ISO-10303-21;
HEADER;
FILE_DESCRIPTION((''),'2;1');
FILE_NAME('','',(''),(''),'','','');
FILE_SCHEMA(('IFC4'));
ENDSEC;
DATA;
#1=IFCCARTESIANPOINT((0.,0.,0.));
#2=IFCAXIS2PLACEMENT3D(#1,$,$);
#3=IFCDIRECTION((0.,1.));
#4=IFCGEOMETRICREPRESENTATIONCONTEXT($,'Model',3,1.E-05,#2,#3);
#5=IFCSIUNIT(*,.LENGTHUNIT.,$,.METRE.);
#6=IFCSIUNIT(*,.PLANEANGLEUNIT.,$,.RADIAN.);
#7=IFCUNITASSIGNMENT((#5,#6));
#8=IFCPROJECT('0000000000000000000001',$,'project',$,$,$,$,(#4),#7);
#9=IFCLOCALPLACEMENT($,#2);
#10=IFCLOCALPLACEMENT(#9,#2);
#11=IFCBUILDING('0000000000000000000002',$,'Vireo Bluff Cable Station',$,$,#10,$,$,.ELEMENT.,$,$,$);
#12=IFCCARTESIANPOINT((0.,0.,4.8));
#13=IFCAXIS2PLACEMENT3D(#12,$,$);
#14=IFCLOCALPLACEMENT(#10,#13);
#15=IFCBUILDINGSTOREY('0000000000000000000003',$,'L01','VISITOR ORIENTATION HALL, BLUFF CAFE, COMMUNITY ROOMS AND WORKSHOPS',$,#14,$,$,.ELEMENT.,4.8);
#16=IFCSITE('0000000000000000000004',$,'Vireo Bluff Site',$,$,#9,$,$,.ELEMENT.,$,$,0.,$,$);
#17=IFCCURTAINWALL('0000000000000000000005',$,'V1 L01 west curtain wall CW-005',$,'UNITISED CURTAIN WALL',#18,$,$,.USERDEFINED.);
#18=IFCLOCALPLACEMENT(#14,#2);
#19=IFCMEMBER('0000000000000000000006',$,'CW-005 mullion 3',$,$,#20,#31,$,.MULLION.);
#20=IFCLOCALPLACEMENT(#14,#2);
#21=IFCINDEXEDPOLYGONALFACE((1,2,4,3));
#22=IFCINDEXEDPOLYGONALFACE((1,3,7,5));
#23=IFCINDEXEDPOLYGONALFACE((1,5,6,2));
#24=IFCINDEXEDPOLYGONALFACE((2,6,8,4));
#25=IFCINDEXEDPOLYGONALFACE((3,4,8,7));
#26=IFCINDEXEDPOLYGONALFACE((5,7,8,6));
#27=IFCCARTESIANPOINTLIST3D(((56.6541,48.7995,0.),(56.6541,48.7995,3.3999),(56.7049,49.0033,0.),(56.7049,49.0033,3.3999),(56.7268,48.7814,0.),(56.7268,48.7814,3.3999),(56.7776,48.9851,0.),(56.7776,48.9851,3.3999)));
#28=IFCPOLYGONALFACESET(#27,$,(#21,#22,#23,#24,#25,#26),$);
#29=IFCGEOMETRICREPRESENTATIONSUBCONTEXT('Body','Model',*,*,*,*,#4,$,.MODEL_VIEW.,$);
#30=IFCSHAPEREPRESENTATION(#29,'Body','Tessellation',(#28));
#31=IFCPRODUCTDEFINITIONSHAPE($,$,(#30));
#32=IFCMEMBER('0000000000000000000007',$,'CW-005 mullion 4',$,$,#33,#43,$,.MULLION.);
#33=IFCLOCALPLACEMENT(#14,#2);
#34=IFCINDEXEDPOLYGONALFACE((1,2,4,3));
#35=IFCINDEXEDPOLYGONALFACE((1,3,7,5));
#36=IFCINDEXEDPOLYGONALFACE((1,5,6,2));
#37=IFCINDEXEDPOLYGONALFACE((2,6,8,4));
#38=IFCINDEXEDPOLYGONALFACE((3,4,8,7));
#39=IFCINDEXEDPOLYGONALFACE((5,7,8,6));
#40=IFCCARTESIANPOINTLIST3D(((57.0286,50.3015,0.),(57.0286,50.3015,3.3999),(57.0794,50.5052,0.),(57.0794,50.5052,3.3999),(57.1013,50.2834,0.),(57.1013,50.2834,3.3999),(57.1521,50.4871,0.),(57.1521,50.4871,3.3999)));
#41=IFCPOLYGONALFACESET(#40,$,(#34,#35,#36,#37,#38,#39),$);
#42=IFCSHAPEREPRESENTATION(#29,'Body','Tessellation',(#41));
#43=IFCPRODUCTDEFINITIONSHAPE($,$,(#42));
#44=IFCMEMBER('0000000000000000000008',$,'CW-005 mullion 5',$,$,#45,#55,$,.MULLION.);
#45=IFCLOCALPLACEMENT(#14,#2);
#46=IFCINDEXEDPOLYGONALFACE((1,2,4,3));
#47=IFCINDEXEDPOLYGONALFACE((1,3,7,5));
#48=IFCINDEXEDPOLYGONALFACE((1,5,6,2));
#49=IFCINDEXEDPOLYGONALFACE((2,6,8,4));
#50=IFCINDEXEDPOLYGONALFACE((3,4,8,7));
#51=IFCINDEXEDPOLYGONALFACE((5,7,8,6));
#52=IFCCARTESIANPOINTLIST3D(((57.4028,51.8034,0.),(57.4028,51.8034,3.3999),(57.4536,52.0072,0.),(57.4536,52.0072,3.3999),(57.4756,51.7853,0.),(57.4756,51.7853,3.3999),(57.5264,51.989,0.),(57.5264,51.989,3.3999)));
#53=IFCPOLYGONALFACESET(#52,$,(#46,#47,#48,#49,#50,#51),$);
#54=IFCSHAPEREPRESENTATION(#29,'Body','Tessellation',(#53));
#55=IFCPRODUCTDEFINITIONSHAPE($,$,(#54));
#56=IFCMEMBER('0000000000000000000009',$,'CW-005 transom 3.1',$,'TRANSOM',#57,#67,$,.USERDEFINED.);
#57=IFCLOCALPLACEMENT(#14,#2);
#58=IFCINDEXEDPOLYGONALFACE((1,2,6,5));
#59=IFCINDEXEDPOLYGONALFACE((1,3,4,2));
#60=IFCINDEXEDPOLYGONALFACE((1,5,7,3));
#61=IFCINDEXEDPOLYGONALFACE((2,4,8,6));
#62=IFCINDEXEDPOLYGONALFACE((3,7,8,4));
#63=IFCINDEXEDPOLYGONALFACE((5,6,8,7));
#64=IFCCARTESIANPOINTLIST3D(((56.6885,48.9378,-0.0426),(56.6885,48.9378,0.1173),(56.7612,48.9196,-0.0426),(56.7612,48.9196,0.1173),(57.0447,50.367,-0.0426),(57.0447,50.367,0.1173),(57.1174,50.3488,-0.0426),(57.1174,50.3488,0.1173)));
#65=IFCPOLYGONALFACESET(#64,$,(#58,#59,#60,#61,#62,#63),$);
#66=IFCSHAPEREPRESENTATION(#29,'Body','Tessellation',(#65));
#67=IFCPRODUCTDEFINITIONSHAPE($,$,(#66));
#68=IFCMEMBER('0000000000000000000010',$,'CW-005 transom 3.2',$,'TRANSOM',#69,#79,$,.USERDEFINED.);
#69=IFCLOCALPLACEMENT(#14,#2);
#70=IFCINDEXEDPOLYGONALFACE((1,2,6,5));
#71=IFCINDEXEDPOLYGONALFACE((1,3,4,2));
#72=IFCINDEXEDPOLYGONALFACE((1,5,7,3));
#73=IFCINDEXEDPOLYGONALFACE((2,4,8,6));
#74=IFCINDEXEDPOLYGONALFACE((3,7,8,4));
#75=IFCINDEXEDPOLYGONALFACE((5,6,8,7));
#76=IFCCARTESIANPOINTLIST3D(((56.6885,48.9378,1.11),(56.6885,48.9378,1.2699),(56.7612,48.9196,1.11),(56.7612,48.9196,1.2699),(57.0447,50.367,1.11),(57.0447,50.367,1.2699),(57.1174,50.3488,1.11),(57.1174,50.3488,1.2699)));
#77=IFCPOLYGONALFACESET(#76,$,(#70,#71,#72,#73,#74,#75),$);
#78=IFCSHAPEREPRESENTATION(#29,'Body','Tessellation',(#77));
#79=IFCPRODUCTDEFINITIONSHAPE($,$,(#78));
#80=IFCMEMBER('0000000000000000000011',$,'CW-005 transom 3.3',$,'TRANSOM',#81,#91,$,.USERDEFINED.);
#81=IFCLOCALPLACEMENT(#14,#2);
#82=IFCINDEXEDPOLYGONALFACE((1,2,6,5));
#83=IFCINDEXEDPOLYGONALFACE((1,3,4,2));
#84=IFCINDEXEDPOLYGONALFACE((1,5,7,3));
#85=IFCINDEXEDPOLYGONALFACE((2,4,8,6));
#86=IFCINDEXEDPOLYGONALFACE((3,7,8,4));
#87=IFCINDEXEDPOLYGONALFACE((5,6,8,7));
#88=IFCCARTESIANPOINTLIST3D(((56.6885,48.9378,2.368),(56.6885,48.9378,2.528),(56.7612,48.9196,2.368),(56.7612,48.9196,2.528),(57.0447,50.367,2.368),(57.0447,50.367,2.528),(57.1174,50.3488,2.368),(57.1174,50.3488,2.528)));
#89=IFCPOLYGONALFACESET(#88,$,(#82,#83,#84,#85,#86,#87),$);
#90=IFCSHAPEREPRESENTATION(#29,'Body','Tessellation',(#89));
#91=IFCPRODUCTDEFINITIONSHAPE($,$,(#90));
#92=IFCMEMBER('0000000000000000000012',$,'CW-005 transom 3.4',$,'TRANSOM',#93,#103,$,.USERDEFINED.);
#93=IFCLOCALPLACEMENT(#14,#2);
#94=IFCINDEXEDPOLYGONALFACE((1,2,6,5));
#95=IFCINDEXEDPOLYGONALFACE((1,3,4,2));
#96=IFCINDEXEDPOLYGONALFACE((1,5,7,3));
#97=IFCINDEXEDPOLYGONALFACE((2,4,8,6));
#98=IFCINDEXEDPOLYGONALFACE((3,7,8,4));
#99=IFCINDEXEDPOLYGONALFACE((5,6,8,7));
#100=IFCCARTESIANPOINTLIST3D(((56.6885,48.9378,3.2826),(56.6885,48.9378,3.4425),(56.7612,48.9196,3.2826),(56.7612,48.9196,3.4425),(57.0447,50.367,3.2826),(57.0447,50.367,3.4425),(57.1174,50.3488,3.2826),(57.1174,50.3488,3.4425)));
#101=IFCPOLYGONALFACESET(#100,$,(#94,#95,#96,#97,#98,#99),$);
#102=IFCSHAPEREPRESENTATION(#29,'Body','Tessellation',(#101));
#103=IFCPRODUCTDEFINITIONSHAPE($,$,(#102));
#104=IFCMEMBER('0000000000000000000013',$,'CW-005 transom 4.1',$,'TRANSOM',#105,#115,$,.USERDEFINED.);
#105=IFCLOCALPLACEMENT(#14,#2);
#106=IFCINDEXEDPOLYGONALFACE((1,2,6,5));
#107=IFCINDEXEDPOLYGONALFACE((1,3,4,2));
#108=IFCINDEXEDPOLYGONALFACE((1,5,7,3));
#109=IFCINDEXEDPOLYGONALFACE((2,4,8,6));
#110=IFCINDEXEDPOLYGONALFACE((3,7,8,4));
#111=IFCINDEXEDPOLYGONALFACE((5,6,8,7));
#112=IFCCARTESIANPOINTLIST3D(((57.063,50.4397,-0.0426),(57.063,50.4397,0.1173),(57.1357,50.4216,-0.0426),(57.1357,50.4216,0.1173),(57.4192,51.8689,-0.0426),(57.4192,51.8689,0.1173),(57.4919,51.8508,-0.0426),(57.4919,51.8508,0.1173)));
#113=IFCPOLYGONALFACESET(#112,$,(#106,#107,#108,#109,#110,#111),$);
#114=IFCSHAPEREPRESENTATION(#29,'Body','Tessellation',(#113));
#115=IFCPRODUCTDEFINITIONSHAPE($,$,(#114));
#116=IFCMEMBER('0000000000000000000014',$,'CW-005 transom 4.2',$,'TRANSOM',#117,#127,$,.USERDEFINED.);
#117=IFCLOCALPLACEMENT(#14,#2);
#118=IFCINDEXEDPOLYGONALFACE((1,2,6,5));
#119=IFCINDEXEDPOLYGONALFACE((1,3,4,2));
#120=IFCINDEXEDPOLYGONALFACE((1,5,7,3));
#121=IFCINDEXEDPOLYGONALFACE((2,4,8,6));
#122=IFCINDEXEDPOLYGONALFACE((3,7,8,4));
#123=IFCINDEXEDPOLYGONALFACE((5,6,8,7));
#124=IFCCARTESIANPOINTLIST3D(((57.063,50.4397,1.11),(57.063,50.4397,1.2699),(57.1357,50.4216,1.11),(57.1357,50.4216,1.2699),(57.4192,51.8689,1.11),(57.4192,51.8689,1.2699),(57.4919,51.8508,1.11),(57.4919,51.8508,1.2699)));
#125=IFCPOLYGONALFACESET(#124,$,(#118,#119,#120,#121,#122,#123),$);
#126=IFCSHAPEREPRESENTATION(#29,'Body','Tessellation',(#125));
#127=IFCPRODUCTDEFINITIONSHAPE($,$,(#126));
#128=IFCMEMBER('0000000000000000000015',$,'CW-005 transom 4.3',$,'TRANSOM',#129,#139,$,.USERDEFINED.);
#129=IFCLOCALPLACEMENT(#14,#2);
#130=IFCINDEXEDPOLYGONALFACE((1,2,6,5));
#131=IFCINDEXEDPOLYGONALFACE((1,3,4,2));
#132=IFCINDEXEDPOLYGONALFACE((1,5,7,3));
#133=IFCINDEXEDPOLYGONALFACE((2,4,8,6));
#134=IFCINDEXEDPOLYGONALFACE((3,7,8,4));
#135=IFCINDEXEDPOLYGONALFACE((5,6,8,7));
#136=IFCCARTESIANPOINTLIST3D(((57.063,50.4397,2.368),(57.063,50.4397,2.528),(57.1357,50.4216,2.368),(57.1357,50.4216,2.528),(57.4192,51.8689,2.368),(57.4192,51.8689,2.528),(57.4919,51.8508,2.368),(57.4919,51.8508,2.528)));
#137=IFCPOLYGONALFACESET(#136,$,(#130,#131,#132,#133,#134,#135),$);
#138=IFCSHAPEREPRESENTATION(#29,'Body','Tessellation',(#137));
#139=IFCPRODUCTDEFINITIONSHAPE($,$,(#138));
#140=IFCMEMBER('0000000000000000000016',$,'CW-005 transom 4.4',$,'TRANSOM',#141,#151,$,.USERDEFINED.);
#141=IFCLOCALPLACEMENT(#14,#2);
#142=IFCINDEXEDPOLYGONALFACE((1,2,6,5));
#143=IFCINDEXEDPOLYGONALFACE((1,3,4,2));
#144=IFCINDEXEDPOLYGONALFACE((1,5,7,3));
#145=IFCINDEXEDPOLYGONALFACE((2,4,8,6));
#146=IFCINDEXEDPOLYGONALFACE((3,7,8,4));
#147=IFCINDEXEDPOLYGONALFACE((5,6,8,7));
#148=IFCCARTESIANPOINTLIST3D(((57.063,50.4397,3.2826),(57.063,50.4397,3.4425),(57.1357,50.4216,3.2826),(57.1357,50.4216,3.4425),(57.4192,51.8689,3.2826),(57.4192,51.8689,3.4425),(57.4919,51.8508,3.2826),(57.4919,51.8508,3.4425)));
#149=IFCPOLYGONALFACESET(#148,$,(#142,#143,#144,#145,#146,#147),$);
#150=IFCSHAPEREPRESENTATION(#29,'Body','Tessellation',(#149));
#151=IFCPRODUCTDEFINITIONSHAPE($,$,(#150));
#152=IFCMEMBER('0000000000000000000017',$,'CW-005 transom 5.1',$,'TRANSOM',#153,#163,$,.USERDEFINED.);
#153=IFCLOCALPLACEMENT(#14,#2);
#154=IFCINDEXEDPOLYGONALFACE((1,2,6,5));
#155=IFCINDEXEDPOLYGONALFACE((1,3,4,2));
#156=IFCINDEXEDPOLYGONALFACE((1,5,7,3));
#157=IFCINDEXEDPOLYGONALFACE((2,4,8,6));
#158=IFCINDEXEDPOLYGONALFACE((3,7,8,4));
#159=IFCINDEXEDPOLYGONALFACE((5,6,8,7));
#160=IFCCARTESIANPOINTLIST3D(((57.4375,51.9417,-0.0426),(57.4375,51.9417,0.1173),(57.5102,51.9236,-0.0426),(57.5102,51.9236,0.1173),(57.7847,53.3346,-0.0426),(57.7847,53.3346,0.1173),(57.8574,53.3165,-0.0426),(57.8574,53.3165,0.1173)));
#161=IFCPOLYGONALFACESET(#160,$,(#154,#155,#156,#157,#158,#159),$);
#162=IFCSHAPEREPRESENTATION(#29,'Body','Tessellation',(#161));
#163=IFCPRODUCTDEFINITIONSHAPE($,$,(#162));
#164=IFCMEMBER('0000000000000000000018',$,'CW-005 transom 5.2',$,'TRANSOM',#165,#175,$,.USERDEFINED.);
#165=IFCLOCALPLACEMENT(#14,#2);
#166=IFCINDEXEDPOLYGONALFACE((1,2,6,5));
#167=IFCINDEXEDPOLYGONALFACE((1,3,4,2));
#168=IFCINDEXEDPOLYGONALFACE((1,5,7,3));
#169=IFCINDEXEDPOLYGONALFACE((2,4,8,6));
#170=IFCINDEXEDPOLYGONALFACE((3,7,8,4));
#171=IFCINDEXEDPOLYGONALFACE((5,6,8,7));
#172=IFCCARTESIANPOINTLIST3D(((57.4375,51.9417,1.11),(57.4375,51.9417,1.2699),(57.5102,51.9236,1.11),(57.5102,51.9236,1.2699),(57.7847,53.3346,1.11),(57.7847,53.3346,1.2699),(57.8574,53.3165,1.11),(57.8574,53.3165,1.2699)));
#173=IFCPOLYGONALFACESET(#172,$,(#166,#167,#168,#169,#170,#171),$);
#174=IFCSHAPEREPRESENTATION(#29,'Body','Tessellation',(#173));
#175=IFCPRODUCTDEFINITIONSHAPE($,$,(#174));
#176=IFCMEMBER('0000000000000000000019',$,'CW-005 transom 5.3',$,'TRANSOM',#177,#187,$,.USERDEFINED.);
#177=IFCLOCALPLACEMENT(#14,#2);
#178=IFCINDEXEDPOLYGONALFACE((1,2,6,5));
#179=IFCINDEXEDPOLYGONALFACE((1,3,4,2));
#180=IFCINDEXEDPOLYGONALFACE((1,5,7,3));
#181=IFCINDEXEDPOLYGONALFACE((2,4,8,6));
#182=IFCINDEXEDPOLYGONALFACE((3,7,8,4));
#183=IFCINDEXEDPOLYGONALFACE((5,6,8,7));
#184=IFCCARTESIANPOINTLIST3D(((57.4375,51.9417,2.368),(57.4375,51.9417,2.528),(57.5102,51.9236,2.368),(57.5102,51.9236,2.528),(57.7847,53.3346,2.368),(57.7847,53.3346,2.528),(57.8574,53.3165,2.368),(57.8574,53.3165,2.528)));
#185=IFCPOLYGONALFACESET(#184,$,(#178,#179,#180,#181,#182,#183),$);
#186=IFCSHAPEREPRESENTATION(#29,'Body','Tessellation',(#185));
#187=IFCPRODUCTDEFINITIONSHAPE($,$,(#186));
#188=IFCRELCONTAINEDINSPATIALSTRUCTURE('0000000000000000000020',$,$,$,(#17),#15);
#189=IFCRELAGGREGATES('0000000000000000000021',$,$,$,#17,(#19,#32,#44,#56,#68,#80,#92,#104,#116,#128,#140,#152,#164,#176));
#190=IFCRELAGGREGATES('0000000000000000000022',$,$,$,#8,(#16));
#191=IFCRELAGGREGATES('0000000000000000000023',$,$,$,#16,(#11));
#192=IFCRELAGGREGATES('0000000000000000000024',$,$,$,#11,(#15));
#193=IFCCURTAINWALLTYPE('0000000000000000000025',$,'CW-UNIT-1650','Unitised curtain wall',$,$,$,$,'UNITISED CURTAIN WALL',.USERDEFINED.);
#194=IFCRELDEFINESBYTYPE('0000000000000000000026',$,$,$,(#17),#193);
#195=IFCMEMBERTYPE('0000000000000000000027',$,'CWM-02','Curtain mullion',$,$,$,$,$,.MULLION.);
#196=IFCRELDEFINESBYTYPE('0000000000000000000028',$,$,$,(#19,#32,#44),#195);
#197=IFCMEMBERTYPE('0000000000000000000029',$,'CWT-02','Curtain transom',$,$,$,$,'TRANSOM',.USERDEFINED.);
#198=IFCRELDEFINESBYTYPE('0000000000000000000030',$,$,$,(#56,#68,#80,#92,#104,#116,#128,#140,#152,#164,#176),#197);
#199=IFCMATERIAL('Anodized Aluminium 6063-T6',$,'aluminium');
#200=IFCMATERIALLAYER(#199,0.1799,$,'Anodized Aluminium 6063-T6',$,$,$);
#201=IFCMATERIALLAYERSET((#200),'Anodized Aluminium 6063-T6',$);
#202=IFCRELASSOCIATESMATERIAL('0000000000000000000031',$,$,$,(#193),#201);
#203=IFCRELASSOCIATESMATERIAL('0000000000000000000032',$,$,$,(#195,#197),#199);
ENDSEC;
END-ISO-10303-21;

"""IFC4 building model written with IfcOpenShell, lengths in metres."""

from ifc_helpers import new_model, si_unit, direction, frame, origin, origin_2d, place, context, subcontext, project, spatial, rectangle, extrude, material, layer, layer_set, material_profile, profile_set, type_object, element, aggregate, save


model = new_model("IFC4")

# Units and contexts
model_context = context("Model", 3, precision=1e-05, world=origin(), true_north=direction((0.0, 1.0)))
body_context = subcontext(model_context, "Body", "Model", "MODEL_VIEW")
ifc_project = project(units=[si_unit("LENGTHUNIT", "METRE"), si_unit("PLANEANGLEUNIT", "RADIAN")], contexts=[model_context])

# Site, building, storey
site_placement = place(None, origin())
site = spatial("IfcSite", under=ifc_project, at=site_placement, Name="Vireo Bluff Site", CompositionType="ELEMENT", RefElevation=0.0)
building_placement = place(site_placement, origin())
building = spatial("IfcBuilding", under=site, at=building_placement, Name="Vireo Bluff Cable Station", CompositionType="ELEMENT")
storey_placement = place(building_placement, frame((0.0, 0.0, 4.8)))
storey = spatial("IfcBuildingStorey", under=building, at=storey_placement, Name="L01", Description="VISITOR ORIENTATION HALL, BLUFF CAFE, COMMUNITY ROOMS AND WORKSHOPS", CompositionType="ELEMENT", Elevation=4.8)

# Curtain wall, members
ifc_material_1 = material(Name="Anodized Aluminium 6063-T6", Category="aluminium")
ifc_layer_1 = layer(ifc_material_1, 0.1799, Name="Anodized Aluminium 6063-T6")
ifc_layer_set_1 = layer_set([ifc_layer_1], Name="Anodized Aluminium 6063-T6")
curtain_wall_type = type_object("IfcCurtainWallType", Name="CW-UNIT-1650", Description="Unitised curtain wall", ElementType="UNITISED CURTAIN WALL", PredefinedType="USERDEFINED", material=ifc_layer_set_1)
curtain_wall_placement = place(storey_placement, origin())
curtain_wall = element("IfcCurtainWall", 1, at=curtain_wall_placement, inside=storey, type_object=curtain_wall_type, Name="V1 L01 west curtain wall CW-005", ObjectType="UNITISED CURTAIN WALL", PredefinedType="USERDEFINED")
ifc_material_profile_1 = material_profile(ifc_material_1, rectangle(XDim=0.075, YDim=0.21, at=origin_2d()), Name="ALU-M-75X210")
ifc_profile_set_1 = profile_set([ifc_material_profile_1], Name="Anodized Aluminium 6063-T6")
member_type_1 = type_object("IfcMemberType", Name="CWM-02", Description="Curtain mullion", PredefinedType="MULLION", material=ifc_profile_set_1)
member_1_placement = place(storey_placement, frame((56.7158, 48.8923, 0.0), z_axis=(0.0, 0.0, 1.0), x_axis=(-0.970296, 0.241922, 0.0)))
member_1 = element("IfcMember", 2, at=member_1_placement, type_object=member_type_1, Name="CW-005 mullion 3", PredefinedType="MULLION", context=body_context, shape_type="SweptSolid", body=[
    extrude(rectangle(XDim=0.075, YDim=0.21, at=origin_2d()), origin(), (0.0, 0.0, 1.0), 3.3999),
])
member_2_placement = place(storey_placement, frame((57.0903, 50.3943, 0.0), z_axis=(0.0, 0.0, 1.0), x_axis=(-0.970296, 0.241922, 0.0)))
member_2 = element("IfcMember", 3, at=member_2_placement, type_object=member_type_1, Name="CW-005 mullion 4", PredefinedType="MULLION", context=body_context, shape_type="SweptSolid", body=[
    extrude(rectangle(XDim=0.075, YDim=0.21, at=origin_2d()), origin(), (0.0, 0.0, 1.0), 3.3999),
])
member_3_placement = place(storey_placement, frame((57.4646, 51.8962, 0.0), z_axis=(0.0, 0.0, 1.0), x_axis=(-0.970296, 0.241922, 0.0)))
member_3 = element("IfcMember", 4, at=member_3_placement, type_object=member_type_1, Name="CW-005 mullion 5", PredefinedType="MULLION", context=body_context, shape_type="SweptSolid", body=[
    extrude(rectangle(XDim=0.075, YDim=0.21, at=origin_2d()), origin(), (0.0, 0.0, 1.0), 3.3999),
])
ifc_material_profile_2 = material_profile(ifc_material_1, rectangle(XDim=0.075, YDim=0.1599, at=origin_2d()), Name="ALU-T-75X160")
ifc_profile_set_2 = profile_set([ifc_material_profile_2], Name="Anodized Aluminium 6063-T6")
member_type_2 = type_object("IfcMemberType", Name="CWT-02", Description="Curtain transom", ElementType="TRANSOM", PredefinedType="USERDEFINED", material=ifc_profile_set_2)
member_4_placement = place(storey_placement, frame((56.7249, 48.9287, 0.0374), z_axis=(0.241834, 0.970318, 0.0), x_axis=(-0.970318, 0.241834, 0.0)))
member_4 = element("IfcMember", 5, at=member_4_placement, type_object=member_type_2, Name="CW-005 transom 3.1", ObjectType="TRANSOM", PredefinedType="USERDEFINED", context=body_context, shape_type="SweptSolid", body=[
    extrude(rectangle(XDim=0.075, YDim=0.1599, at=origin_2d()), origin(), (0.0, 0.0, 1.0), 1.4729),
])
member_5_placement = place(storey_placement, frame((56.7249, 48.9287, 1.1899), z_axis=(0.241834, 0.970318, 0.0), x_axis=(-0.970318, 0.241834, 0.0)))
member_5 = element("IfcMember", 6, at=member_5_placement, type_object=member_type_2, Name="CW-005 transom 3.2", ObjectType="TRANSOM", PredefinedType="USERDEFINED", context=body_context, shape_type="SweptSolid", body=[
    extrude(rectangle(XDim=0.075, YDim=0.1599, at=origin_2d()), origin(), (0.0, 0.0, 1.0), 1.4729),
])
member_6_placement = place(storey_placement, frame((56.7249, 48.9287, 2.448), z_axis=(0.241834, 0.970318, 0.0), x_axis=(-0.970318, 0.241834, 0.0)))
member_6 = element("IfcMember", 7, at=member_6_placement, type_object=member_type_2, Name="CW-005 transom 3.3", ObjectType="TRANSOM", PredefinedType="USERDEFINED", context=body_context, shape_type="SweptSolid", body=[
    extrude(rectangle(XDim=0.075, YDim=0.1599, at=origin_2d()), origin(), (0.0, 0.0, 1.0), 1.4729),
])
member_7_placement = place(storey_placement, frame((56.7249, 48.9287, 3.3625), z_axis=(0.241834, 0.970318, 0.0), x_axis=(-0.970318, 0.241834, 0.0)))
member_7 = element("IfcMember", 8, at=member_7_placement, type_object=member_type_2, Name="CW-005 transom 3.4", ObjectType="TRANSOM", PredefinedType="USERDEFINED", context=body_context, shape_type="SweptSolid", body=[
    extrude(rectangle(XDim=0.075, YDim=0.1599, at=origin_2d()), origin(), (0.0, 0.0, 1.0), 1.4729),
])
member_8_placement = place(storey_placement, frame((57.0994, 50.4307, 0.0374), z_axis=(0.241834, 0.970318, 0.0), x_axis=(-0.970318, 0.241834, 0.0)))
member_8 = element("IfcMember", 9, at=member_8_placement, type_object=member_type_2, Name="CW-005 transom 4.1", ObjectType="TRANSOM", PredefinedType="USERDEFINED", context=body_context, shape_type="SweptSolid", body=[
    extrude(rectangle(XDim=0.075, YDim=0.1599, at=origin_2d()), origin(), (0.0, 0.0, 1.0), 1.4729),
])
member_9_placement = place(storey_placement, frame((57.0994, 50.4307, 1.1899), z_axis=(0.241834, 0.970318, 0.0), x_axis=(-0.970318, 0.241834, 0.0)))
member_9 = element("IfcMember", 10, at=member_9_placement, type_object=member_type_2, Name="CW-005 transom 4.2", ObjectType="TRANSOM", PredefinedType="USERDEFINED", context=body_context, shape_type="SweptSolid", body=[
    extrude(rectangle(XDim=0.075, YDim=0.1599, at=origin_2d()), origin(), (0.0, 0.0, 1.0), 1.4729),
])
member_10_placement = place(storey_placement, frame((57.0994, 50.4307, 2.448), z_axis=(0.241834, 0.970318, 0.0), x_axis=(-0.970318, 0.241834, 0.0)))
member_10 = element("IfcMember", 11, at=member_10_placement, type_object=member_type_2, Name="CW-005 transom 4.3", ObjectType="TRANSOM", PredefinedType="USERDEFINED", context=body_context, shape_type="SweptSolid", body=[
    extrude(rectangle(XDim=0.075, YDim=0.1599, at=origin_2d()), origin(), (0.0, 0.0, 1.0), 1.4729),
])
member_11_placement = place(storey_placement, frame((57.0994, 50.4307, 3.3625), z_axis=(0.241834, 0.970318, 0.0), x_axis=(-0.970318, 0.241834, 0.0)))
member_11 = element("IfcMember", 12, at=member_11_placement, type_object=member_type_2, Name="CW-005 transom 4.4", ObjectType="TRANSOM", PredefinedType="USERDEFINED", context=body_context, shape_type="SweptSolid", body=[
    extrude(rectangle(XDim=0.075, YDim=0.1599, at=origin_2d()), origin(), (0.0, 0.0, 1.0), 1.4729),
])
member_12_placement = place(storey_placement, frame((57.4739, 51.9326, 0.0374), z_axis=(0.241855, 0.970312, 0.0), x_axis=(-0.970312, 0.241855, 0.0)))
member_12 = element("IfcMember", 13, at=member_12_placement, type_object=member_type_2, Name="CW-005 transom 5.1", ObjectType="TRANSOM", PredefinedType="USERDEFINED", context=body_context, shape_type="SweptSolid", body=[
    extrude(rectangle(XDim=0.075, YDim=0.1599, at=origin_2d()), origin(), (0.0, 0.0, 1.0), 1.4355),
])
member_13_placement = place(storey_placement, frame((57.4739, 51.9326, 1.1899), z_axis=(0.241855, 0.970312, 0.0), x_axis=(-0.970312, 0.241855, 0.0)))
member_13 = element("IfcMember", 14, at=member_13_placement, type_object=member_type_2, Name="CW-005 transom 5.2", ObjectType="TRANSOM", PredefinedType="USERDEFINED", context=body_context, shape_type="SweptSolid", body=[
    extrude(rectangle(XDim=0.075, YDim=0.1599, at=origin_2d()), origin(), (0.0, 0.0, 1.0), 1.4355),
])
member_14_placement = place(storey_placement, frame((57.4739, 51.9326, 2.448), z_axis=(0.241855, 0.970312, 0.0), x_axis=(-0.970312, 0.241855, 0.0)))
member_14 = element("IfcMember", 15, at=member_14_placement, type_object=member_type_2, Name="CW-005 transom 5.3", ObjectType="TRANSOM", PredefinedType="USERDEFINED", context=body_context, shape_type="SweptSolid", body=[
    extrude(rectangle(XDim=0.075, YDim=0.1599, at=origin_2d()), origin(), (0.0, 0.0, 1.0), 1.4355),
])

aggregate(curtain_wall, [member_1, member_2, member_3, member_4, member_5, member_6, member_7, member_8, member_9, member_10, member_11, member_12, member_13, member_14])

save(model, "model.ifc")
